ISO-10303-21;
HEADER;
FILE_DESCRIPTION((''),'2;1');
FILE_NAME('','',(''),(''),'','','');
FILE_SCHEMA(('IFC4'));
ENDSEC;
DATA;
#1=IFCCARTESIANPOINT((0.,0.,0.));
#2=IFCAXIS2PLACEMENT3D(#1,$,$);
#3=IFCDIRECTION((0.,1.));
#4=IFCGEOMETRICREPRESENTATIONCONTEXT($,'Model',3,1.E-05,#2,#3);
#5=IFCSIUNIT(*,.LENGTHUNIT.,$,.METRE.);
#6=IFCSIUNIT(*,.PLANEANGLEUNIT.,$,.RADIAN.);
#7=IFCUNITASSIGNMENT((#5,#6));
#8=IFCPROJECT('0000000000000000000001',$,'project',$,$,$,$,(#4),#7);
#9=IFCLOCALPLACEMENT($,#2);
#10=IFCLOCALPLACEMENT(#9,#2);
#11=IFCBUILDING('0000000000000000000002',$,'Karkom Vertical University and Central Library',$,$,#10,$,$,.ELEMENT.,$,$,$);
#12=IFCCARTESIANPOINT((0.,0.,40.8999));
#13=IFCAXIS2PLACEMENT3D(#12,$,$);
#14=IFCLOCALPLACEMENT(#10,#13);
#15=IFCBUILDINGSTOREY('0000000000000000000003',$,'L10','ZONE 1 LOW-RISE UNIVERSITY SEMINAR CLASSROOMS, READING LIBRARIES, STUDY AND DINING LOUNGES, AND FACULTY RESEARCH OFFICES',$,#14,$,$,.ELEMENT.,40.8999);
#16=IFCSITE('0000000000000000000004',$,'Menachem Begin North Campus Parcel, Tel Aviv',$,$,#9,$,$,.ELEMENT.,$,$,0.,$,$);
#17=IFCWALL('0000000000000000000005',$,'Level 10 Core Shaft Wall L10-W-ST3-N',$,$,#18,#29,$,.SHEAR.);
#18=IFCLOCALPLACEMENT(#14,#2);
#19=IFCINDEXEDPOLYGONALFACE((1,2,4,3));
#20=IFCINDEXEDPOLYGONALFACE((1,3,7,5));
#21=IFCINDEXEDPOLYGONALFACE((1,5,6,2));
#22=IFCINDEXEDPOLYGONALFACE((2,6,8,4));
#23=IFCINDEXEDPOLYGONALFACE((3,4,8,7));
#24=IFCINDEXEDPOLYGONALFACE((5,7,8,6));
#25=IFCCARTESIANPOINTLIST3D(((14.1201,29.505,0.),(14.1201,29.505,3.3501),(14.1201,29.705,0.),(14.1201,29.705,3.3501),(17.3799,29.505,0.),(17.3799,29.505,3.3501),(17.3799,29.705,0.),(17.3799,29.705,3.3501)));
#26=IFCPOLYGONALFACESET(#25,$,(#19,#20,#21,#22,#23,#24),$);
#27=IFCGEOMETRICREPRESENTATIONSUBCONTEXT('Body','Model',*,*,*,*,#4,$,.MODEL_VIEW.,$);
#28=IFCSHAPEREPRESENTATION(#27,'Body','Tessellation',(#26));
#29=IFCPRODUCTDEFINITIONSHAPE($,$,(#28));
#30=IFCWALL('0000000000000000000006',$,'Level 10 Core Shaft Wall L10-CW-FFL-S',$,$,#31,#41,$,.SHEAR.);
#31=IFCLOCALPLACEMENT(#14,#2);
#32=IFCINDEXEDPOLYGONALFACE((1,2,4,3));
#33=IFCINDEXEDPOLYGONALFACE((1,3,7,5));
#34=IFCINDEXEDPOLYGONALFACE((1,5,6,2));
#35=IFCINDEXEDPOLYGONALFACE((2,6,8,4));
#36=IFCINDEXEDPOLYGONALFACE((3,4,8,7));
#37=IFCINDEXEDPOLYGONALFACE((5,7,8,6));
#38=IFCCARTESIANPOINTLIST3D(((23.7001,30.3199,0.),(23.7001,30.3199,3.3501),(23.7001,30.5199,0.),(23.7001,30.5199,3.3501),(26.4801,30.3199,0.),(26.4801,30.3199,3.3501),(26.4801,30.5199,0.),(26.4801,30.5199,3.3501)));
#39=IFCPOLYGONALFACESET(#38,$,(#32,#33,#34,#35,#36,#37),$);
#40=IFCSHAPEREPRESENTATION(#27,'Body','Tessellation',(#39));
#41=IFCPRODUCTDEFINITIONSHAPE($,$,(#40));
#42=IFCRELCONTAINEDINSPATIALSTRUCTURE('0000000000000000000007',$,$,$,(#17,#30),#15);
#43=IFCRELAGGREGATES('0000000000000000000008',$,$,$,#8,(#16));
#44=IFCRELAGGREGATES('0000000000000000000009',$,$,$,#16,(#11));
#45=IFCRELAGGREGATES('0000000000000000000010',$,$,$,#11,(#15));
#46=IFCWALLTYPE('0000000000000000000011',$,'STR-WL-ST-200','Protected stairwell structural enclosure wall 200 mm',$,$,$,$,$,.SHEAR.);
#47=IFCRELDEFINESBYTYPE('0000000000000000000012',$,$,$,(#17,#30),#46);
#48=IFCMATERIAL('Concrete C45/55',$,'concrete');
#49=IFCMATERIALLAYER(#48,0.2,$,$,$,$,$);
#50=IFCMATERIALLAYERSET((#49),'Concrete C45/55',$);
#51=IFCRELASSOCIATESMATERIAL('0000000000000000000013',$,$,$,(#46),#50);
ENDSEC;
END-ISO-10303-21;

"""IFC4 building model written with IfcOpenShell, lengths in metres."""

from ifc_helpers import new_model, si_unit, direction, frame, frame_2d, origin, place, context, subcontext, project, spatial, rectangle, extrude, material, layer, layer_set, type_object, element, save


model = new_model("IFC4")

# Units and contexts
model_context = context("Model", 3, precision=1e-05, world=origin(), true_north=direction((0.0, 1.0)))
body_context = subcontext(model_context, "Body", "Model", "MODEL_VIEW")
ifc_project = project(units=[si_unit("LENGTHUNIT", "METRE"), si_unit("PLANEANGLEUNIT", "RADIAN")], contexts=[model_context])

# Site, building, storey
site_placement = place(None, origin())
site = spatial("IfcSite", under=ifc_project, at=site_placement, Name="Menachem Begin North Campus Parcel, Tel Aviv", CompositionType="ELEMENT", RefElevation=0.0)
building_placement = place(site_placement, origin())
building = spatial("IfcBuilding", under=site, at=building_placement, Name="Karkom Vertical University and Central Library", CompositionType="ELEMENT")
storey_placement = place(building_placement, frame((0.0, 0.0, 40.8999)))
storey = spatial("IfcBuildingStorey", under=building, at=storey_placement, Name="L10", Description="ZONE 1 LOW-RISE UNIVERSITY SEMINAR CLASSROOMS, READING LIBRARIES, STUDY AND DINING LOUNGES, AND FACULTY RESEARCH OFFICES", CompositionType="ELEMENT", Elevation=40.8999)

# Walls
ifc_material_1 = material(Name="Concrete C45/55", Category="concrete")
ifc_layer_1 = layer(ifc_material_1, 0.2)
ifc_layer_set_1 = layer_set([ifc_layer_1], Name="Concrete C45/55")
wall_type_1 = type_object("IfcWallType", Name="STR-WL-ST-200", Description="Protected stairwell structural enclosure wall 200 mm", PredefinedType="SHEAR", material=ifc_layer_set_1)
wall_1_placement = place(storey_placement, frame((14.1201, 29.605, 0.0), z_axis=(0.0, 0.0, 1.0), x_axis=(1.0, 0.0, 0.0)))
element("IfcWall", 1, at=wall_1_placement, inside=storey, type_object=wall_type_1, Name="Level 10 Core Shaft Wall L10-W-ST3-N", PredefinedType="SHEAR", context=body_context, shape_type="SweptSolid", body=[
    extrude(rectangle(XDim=3.2598, YDim=0.2, at=frame_2d((1.6299, 0.0))), origin(), (0.0, 0.0, 1.0), 3.3501),
])
wall_2_placement = place(storey_placement, frame((23.7, 30.4199, 0.0), z_axis=(0.0, 0.0, 1.0), x_axis=(1.0, 0.0, 0.0)))
element("IfcWall", 2, at=wall_2_placement, inside=storey, type_object=wall_type_1, Name="Level 10 Core Shaft Wall L10-CW-FFL-S", PredefinedType="SHEAR", context=body_context, shape_type="SweptSolid", body=[
    extrude(rectangle(XDim=2.78, YDim=0.2, at=frame_2d((1.3901, 0.0))), origin(), (0.0, 0.0, 1.0), 3.3501),
])

save(model, "model.ifc")
